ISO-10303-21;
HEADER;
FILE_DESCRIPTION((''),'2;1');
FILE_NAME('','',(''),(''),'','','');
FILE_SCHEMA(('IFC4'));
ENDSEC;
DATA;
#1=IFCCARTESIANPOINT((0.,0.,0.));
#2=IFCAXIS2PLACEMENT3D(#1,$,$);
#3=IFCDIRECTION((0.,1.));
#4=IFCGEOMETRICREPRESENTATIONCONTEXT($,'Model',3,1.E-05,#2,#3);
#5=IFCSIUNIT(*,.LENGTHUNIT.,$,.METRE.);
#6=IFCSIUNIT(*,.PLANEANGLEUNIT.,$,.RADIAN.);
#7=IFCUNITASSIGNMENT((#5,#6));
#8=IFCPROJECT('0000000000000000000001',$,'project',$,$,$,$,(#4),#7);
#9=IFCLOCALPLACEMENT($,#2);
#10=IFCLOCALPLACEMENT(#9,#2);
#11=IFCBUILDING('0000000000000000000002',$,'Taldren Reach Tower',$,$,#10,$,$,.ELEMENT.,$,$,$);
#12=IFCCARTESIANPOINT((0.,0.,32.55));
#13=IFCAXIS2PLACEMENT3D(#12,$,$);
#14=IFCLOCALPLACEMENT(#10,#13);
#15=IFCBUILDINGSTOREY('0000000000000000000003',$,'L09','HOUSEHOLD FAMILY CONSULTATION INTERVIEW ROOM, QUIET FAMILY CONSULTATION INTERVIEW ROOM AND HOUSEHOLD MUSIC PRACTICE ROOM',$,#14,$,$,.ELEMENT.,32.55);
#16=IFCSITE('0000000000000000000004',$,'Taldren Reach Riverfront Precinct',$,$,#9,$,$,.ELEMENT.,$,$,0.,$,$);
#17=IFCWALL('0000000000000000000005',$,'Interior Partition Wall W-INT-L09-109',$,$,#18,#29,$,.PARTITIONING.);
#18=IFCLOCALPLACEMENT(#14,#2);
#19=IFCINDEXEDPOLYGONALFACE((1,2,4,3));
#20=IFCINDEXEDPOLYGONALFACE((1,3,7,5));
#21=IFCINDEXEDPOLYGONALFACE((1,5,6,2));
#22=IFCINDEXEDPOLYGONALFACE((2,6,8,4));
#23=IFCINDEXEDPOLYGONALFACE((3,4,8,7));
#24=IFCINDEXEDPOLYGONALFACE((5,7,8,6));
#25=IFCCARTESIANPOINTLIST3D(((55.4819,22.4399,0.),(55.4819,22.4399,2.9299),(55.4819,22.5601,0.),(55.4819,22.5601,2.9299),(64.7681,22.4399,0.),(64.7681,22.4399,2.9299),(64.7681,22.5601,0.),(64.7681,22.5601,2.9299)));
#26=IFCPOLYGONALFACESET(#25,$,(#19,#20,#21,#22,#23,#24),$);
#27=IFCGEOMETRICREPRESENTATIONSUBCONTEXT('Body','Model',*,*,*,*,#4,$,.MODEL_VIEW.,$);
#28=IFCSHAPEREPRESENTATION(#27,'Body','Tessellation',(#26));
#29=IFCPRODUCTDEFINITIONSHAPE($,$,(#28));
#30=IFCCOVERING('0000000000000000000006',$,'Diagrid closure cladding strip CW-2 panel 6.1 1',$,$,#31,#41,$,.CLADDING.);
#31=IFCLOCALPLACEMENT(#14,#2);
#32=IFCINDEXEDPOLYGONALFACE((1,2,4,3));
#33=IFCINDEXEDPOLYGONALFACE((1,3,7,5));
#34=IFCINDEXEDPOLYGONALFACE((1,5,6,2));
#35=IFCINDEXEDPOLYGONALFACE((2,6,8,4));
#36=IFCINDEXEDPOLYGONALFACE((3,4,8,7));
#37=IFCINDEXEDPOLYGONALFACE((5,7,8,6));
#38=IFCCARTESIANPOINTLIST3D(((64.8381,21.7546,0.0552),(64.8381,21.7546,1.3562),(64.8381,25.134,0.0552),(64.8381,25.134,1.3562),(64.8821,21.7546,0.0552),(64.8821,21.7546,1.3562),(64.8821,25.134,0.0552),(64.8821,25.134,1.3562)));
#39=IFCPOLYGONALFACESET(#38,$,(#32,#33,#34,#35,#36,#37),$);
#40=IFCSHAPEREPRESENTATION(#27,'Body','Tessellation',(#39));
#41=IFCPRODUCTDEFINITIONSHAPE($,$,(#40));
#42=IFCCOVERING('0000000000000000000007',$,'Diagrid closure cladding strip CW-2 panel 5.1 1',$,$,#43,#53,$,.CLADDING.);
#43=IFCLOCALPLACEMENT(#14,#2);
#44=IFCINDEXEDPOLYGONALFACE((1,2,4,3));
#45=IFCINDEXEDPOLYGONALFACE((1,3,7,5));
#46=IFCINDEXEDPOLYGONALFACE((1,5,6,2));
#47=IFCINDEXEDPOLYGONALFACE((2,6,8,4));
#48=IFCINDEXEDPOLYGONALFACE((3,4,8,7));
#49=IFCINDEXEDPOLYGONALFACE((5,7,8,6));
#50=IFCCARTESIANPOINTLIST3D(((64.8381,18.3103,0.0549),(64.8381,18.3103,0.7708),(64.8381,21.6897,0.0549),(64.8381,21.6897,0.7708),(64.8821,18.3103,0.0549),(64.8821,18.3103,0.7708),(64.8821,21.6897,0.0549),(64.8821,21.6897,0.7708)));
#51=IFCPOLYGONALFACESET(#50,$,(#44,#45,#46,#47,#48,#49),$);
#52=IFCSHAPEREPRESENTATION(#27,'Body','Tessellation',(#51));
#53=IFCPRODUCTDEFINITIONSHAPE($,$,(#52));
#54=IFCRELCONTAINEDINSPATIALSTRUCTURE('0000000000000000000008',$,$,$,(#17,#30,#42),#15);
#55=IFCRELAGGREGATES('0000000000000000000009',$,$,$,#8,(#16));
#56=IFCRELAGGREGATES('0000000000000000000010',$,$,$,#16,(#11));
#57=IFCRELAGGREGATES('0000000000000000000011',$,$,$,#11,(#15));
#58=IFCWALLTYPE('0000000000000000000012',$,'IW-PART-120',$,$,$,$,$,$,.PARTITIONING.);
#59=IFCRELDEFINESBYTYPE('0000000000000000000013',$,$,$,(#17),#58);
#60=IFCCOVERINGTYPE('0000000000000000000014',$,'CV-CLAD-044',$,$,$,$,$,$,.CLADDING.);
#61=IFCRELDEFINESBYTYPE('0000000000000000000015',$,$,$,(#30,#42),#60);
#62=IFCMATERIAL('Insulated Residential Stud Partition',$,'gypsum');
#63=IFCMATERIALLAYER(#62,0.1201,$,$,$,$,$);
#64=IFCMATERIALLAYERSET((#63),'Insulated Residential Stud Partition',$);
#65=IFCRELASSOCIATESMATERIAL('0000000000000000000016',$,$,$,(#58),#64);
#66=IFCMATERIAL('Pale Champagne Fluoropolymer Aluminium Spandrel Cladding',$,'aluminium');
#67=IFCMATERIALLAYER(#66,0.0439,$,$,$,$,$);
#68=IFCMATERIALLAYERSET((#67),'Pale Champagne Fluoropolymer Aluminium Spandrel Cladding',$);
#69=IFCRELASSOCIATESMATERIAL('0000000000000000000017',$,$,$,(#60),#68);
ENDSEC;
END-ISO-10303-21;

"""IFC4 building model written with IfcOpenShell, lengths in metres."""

from ifc_helpers import new_model, si_unit, direction, frame, frame_2d, origin, origin_2d, place, context, subcontext, project, spatial, rectangle, extrude, source, transform, mapped, material, layer, layer_set, type_object, element, save


model = new_model("IFC4")

# Units and contexts
model_context = context("Model", 3, precision=1e-05, world=origin(), true_north=direction((0.0, 1.0)))
body_context = subcontext(model_context, "Body", "Model", "MODEL_VIEW")
ifc_project = project(units=[si_unit("LENGTHUNIT", "METRE"), si_unit("PLANEANGLEUNIT", "RADIAN")], contexts=[model_context])

# Site, building, storey
site_placement = place(None, origin())
site = spatial("IfcSite", under=ifc_project, at=site_placement, Name="Taldren Reach Riverfront Precinct", CompositionType="ELEMENT", RefElevation=0.0)
building_placement = place(site_placement, origin())
building = spatial("IfcBuilding", under=site, at=building_placement, Name="Taldren Reach Tower", CompositionType="ELEMENT")
storey_placement = place(building_placement, frame((0.0, 0.0, 32.55)))
storey = spatial("IfcBuildingStorey", under=building, at=storey_placement, Name="L09", Description="HOUSEHOLD FAMILY CONSULTATION INTERVIEW ROOM, QUIET FAMILY CONSULTATION INTERVIEW ROOM AND HOUSEHOLD MUSIC PRACTICE ROOM", CompositionType="ELEMENT", Elevation=32.55)

# Wall
ifc_material_1 = material(Name="Insulated Residential Stud Partition", Category="gypsum")
ifc_layer_1 = layer(ifc_material_1, 0.1201)
ifc_layer_set_1 = layer_set([ifc_layer_1], Name="Insulated Residential Stud Partition")
wall_type_1 = type_object("IfcWallType", Name="IW-PART-120", PredefinedType="PARTITIONING", material=ifc_layer_set_1)
shared_shape_1 = source(origin(), body_context, "Body", "SweptSolid", [
    extrude(rectangle(XDim=9.2861, YDim=0.1201, at=frame_2d((4.6431, 0.0))), origin(), (0.0, 0.0, 1.0), 2.9299),
])
wall_1_placement = place(storey_placement, frame((55.4819, 22.5, 0.0), z_axis=(0.0, 0.0, 1.0), x_axis=(1.0, 0.0, 0.0)))
element("IfcWall", 1, at=wall_1_placement, inside=storey, type_object=wall_type_1, Name="Interior Partition Wall W-INT-L09-109", PredefinedType="PARTITIONING", context=body_context, shape_type="MappedRepresentation", body=[
    mapped(shared_shape_1, transform((0.0, 0.0, 0.0), scale=1.0)),
])

# Coverings
ifc_material_2 = material(Name="Pale Champagne Fluoropolymer Aluminium Spandrel Cladding", Category="aluminium")
ifc_layer_2 = layer(ifc_material_2, 0.0439)
ifc_layer_set_2 = layer_set([ifc_layer_2], Name="Pale Champagne Fluoropolymer Aluminium Spandrel Cladding")
covering_type = type_object("IfcCoveringType", Name="CV-CLAD-044", PredefinedType="CLADDING", material=ifc_layer_set_2)
shared_shape_2 = source(origin(), body_context, "Body", "SweptSolid", [
    extrude(rectangle(XDim=3.3794, YDim=0.0439, at=origin_2d()), origin(), (0.0, 0.0, 1.0), 1.301),
])
covering_1_placement = place(storey_placement, frame((64.8601, 23.4443, 0.0552), z_axis=(0.0, 0.0, 1.0), x_axis=(0.0, 1.0, 0.0)))
element("IfcCovering", 2, at=covering_1_placement, inside=storey, type_object=covering_type, Name="Diagrid closure cladding strip CW-2 panel 6.1 1", PredefinedType="CLADDING", context=body_context, shape_type="MappedRepresentation", body=[
    mapped(shared_shape_2, transform((0.0, 0.0, 0.0), scale=1.0)),
])
shared_shape_3 = source(origin(), body_context, "Body", "SweptSolid", [
    extrude(rectangle(XDim=3.3794, YDim=0.0439, at=origin_2d()), origin(), (0.0, 0.0, 1.0), 0.7158),
])
covering_2_placement = place(storey_placement, frame((64.8601, 20.0, 0.0549), z_axis=(0.0, 0.0, 1.0), x_axis=(0.0, 1.0, 0.0)))
element("IfcCovering", 3, at=covering_2_placement, inside=storey, type_object=covering_type, Name="Diagrid closure cladding strip CW-2 panel 5.1 1", PredefinedType="CLADDING", context=body_context, shape_type="MappedRepresentation", body=[
    mapped(shared_shape_3, transform((0.0, 0.0, 0.0), scale=1.0)),
])

save(model, "model.ifc")
